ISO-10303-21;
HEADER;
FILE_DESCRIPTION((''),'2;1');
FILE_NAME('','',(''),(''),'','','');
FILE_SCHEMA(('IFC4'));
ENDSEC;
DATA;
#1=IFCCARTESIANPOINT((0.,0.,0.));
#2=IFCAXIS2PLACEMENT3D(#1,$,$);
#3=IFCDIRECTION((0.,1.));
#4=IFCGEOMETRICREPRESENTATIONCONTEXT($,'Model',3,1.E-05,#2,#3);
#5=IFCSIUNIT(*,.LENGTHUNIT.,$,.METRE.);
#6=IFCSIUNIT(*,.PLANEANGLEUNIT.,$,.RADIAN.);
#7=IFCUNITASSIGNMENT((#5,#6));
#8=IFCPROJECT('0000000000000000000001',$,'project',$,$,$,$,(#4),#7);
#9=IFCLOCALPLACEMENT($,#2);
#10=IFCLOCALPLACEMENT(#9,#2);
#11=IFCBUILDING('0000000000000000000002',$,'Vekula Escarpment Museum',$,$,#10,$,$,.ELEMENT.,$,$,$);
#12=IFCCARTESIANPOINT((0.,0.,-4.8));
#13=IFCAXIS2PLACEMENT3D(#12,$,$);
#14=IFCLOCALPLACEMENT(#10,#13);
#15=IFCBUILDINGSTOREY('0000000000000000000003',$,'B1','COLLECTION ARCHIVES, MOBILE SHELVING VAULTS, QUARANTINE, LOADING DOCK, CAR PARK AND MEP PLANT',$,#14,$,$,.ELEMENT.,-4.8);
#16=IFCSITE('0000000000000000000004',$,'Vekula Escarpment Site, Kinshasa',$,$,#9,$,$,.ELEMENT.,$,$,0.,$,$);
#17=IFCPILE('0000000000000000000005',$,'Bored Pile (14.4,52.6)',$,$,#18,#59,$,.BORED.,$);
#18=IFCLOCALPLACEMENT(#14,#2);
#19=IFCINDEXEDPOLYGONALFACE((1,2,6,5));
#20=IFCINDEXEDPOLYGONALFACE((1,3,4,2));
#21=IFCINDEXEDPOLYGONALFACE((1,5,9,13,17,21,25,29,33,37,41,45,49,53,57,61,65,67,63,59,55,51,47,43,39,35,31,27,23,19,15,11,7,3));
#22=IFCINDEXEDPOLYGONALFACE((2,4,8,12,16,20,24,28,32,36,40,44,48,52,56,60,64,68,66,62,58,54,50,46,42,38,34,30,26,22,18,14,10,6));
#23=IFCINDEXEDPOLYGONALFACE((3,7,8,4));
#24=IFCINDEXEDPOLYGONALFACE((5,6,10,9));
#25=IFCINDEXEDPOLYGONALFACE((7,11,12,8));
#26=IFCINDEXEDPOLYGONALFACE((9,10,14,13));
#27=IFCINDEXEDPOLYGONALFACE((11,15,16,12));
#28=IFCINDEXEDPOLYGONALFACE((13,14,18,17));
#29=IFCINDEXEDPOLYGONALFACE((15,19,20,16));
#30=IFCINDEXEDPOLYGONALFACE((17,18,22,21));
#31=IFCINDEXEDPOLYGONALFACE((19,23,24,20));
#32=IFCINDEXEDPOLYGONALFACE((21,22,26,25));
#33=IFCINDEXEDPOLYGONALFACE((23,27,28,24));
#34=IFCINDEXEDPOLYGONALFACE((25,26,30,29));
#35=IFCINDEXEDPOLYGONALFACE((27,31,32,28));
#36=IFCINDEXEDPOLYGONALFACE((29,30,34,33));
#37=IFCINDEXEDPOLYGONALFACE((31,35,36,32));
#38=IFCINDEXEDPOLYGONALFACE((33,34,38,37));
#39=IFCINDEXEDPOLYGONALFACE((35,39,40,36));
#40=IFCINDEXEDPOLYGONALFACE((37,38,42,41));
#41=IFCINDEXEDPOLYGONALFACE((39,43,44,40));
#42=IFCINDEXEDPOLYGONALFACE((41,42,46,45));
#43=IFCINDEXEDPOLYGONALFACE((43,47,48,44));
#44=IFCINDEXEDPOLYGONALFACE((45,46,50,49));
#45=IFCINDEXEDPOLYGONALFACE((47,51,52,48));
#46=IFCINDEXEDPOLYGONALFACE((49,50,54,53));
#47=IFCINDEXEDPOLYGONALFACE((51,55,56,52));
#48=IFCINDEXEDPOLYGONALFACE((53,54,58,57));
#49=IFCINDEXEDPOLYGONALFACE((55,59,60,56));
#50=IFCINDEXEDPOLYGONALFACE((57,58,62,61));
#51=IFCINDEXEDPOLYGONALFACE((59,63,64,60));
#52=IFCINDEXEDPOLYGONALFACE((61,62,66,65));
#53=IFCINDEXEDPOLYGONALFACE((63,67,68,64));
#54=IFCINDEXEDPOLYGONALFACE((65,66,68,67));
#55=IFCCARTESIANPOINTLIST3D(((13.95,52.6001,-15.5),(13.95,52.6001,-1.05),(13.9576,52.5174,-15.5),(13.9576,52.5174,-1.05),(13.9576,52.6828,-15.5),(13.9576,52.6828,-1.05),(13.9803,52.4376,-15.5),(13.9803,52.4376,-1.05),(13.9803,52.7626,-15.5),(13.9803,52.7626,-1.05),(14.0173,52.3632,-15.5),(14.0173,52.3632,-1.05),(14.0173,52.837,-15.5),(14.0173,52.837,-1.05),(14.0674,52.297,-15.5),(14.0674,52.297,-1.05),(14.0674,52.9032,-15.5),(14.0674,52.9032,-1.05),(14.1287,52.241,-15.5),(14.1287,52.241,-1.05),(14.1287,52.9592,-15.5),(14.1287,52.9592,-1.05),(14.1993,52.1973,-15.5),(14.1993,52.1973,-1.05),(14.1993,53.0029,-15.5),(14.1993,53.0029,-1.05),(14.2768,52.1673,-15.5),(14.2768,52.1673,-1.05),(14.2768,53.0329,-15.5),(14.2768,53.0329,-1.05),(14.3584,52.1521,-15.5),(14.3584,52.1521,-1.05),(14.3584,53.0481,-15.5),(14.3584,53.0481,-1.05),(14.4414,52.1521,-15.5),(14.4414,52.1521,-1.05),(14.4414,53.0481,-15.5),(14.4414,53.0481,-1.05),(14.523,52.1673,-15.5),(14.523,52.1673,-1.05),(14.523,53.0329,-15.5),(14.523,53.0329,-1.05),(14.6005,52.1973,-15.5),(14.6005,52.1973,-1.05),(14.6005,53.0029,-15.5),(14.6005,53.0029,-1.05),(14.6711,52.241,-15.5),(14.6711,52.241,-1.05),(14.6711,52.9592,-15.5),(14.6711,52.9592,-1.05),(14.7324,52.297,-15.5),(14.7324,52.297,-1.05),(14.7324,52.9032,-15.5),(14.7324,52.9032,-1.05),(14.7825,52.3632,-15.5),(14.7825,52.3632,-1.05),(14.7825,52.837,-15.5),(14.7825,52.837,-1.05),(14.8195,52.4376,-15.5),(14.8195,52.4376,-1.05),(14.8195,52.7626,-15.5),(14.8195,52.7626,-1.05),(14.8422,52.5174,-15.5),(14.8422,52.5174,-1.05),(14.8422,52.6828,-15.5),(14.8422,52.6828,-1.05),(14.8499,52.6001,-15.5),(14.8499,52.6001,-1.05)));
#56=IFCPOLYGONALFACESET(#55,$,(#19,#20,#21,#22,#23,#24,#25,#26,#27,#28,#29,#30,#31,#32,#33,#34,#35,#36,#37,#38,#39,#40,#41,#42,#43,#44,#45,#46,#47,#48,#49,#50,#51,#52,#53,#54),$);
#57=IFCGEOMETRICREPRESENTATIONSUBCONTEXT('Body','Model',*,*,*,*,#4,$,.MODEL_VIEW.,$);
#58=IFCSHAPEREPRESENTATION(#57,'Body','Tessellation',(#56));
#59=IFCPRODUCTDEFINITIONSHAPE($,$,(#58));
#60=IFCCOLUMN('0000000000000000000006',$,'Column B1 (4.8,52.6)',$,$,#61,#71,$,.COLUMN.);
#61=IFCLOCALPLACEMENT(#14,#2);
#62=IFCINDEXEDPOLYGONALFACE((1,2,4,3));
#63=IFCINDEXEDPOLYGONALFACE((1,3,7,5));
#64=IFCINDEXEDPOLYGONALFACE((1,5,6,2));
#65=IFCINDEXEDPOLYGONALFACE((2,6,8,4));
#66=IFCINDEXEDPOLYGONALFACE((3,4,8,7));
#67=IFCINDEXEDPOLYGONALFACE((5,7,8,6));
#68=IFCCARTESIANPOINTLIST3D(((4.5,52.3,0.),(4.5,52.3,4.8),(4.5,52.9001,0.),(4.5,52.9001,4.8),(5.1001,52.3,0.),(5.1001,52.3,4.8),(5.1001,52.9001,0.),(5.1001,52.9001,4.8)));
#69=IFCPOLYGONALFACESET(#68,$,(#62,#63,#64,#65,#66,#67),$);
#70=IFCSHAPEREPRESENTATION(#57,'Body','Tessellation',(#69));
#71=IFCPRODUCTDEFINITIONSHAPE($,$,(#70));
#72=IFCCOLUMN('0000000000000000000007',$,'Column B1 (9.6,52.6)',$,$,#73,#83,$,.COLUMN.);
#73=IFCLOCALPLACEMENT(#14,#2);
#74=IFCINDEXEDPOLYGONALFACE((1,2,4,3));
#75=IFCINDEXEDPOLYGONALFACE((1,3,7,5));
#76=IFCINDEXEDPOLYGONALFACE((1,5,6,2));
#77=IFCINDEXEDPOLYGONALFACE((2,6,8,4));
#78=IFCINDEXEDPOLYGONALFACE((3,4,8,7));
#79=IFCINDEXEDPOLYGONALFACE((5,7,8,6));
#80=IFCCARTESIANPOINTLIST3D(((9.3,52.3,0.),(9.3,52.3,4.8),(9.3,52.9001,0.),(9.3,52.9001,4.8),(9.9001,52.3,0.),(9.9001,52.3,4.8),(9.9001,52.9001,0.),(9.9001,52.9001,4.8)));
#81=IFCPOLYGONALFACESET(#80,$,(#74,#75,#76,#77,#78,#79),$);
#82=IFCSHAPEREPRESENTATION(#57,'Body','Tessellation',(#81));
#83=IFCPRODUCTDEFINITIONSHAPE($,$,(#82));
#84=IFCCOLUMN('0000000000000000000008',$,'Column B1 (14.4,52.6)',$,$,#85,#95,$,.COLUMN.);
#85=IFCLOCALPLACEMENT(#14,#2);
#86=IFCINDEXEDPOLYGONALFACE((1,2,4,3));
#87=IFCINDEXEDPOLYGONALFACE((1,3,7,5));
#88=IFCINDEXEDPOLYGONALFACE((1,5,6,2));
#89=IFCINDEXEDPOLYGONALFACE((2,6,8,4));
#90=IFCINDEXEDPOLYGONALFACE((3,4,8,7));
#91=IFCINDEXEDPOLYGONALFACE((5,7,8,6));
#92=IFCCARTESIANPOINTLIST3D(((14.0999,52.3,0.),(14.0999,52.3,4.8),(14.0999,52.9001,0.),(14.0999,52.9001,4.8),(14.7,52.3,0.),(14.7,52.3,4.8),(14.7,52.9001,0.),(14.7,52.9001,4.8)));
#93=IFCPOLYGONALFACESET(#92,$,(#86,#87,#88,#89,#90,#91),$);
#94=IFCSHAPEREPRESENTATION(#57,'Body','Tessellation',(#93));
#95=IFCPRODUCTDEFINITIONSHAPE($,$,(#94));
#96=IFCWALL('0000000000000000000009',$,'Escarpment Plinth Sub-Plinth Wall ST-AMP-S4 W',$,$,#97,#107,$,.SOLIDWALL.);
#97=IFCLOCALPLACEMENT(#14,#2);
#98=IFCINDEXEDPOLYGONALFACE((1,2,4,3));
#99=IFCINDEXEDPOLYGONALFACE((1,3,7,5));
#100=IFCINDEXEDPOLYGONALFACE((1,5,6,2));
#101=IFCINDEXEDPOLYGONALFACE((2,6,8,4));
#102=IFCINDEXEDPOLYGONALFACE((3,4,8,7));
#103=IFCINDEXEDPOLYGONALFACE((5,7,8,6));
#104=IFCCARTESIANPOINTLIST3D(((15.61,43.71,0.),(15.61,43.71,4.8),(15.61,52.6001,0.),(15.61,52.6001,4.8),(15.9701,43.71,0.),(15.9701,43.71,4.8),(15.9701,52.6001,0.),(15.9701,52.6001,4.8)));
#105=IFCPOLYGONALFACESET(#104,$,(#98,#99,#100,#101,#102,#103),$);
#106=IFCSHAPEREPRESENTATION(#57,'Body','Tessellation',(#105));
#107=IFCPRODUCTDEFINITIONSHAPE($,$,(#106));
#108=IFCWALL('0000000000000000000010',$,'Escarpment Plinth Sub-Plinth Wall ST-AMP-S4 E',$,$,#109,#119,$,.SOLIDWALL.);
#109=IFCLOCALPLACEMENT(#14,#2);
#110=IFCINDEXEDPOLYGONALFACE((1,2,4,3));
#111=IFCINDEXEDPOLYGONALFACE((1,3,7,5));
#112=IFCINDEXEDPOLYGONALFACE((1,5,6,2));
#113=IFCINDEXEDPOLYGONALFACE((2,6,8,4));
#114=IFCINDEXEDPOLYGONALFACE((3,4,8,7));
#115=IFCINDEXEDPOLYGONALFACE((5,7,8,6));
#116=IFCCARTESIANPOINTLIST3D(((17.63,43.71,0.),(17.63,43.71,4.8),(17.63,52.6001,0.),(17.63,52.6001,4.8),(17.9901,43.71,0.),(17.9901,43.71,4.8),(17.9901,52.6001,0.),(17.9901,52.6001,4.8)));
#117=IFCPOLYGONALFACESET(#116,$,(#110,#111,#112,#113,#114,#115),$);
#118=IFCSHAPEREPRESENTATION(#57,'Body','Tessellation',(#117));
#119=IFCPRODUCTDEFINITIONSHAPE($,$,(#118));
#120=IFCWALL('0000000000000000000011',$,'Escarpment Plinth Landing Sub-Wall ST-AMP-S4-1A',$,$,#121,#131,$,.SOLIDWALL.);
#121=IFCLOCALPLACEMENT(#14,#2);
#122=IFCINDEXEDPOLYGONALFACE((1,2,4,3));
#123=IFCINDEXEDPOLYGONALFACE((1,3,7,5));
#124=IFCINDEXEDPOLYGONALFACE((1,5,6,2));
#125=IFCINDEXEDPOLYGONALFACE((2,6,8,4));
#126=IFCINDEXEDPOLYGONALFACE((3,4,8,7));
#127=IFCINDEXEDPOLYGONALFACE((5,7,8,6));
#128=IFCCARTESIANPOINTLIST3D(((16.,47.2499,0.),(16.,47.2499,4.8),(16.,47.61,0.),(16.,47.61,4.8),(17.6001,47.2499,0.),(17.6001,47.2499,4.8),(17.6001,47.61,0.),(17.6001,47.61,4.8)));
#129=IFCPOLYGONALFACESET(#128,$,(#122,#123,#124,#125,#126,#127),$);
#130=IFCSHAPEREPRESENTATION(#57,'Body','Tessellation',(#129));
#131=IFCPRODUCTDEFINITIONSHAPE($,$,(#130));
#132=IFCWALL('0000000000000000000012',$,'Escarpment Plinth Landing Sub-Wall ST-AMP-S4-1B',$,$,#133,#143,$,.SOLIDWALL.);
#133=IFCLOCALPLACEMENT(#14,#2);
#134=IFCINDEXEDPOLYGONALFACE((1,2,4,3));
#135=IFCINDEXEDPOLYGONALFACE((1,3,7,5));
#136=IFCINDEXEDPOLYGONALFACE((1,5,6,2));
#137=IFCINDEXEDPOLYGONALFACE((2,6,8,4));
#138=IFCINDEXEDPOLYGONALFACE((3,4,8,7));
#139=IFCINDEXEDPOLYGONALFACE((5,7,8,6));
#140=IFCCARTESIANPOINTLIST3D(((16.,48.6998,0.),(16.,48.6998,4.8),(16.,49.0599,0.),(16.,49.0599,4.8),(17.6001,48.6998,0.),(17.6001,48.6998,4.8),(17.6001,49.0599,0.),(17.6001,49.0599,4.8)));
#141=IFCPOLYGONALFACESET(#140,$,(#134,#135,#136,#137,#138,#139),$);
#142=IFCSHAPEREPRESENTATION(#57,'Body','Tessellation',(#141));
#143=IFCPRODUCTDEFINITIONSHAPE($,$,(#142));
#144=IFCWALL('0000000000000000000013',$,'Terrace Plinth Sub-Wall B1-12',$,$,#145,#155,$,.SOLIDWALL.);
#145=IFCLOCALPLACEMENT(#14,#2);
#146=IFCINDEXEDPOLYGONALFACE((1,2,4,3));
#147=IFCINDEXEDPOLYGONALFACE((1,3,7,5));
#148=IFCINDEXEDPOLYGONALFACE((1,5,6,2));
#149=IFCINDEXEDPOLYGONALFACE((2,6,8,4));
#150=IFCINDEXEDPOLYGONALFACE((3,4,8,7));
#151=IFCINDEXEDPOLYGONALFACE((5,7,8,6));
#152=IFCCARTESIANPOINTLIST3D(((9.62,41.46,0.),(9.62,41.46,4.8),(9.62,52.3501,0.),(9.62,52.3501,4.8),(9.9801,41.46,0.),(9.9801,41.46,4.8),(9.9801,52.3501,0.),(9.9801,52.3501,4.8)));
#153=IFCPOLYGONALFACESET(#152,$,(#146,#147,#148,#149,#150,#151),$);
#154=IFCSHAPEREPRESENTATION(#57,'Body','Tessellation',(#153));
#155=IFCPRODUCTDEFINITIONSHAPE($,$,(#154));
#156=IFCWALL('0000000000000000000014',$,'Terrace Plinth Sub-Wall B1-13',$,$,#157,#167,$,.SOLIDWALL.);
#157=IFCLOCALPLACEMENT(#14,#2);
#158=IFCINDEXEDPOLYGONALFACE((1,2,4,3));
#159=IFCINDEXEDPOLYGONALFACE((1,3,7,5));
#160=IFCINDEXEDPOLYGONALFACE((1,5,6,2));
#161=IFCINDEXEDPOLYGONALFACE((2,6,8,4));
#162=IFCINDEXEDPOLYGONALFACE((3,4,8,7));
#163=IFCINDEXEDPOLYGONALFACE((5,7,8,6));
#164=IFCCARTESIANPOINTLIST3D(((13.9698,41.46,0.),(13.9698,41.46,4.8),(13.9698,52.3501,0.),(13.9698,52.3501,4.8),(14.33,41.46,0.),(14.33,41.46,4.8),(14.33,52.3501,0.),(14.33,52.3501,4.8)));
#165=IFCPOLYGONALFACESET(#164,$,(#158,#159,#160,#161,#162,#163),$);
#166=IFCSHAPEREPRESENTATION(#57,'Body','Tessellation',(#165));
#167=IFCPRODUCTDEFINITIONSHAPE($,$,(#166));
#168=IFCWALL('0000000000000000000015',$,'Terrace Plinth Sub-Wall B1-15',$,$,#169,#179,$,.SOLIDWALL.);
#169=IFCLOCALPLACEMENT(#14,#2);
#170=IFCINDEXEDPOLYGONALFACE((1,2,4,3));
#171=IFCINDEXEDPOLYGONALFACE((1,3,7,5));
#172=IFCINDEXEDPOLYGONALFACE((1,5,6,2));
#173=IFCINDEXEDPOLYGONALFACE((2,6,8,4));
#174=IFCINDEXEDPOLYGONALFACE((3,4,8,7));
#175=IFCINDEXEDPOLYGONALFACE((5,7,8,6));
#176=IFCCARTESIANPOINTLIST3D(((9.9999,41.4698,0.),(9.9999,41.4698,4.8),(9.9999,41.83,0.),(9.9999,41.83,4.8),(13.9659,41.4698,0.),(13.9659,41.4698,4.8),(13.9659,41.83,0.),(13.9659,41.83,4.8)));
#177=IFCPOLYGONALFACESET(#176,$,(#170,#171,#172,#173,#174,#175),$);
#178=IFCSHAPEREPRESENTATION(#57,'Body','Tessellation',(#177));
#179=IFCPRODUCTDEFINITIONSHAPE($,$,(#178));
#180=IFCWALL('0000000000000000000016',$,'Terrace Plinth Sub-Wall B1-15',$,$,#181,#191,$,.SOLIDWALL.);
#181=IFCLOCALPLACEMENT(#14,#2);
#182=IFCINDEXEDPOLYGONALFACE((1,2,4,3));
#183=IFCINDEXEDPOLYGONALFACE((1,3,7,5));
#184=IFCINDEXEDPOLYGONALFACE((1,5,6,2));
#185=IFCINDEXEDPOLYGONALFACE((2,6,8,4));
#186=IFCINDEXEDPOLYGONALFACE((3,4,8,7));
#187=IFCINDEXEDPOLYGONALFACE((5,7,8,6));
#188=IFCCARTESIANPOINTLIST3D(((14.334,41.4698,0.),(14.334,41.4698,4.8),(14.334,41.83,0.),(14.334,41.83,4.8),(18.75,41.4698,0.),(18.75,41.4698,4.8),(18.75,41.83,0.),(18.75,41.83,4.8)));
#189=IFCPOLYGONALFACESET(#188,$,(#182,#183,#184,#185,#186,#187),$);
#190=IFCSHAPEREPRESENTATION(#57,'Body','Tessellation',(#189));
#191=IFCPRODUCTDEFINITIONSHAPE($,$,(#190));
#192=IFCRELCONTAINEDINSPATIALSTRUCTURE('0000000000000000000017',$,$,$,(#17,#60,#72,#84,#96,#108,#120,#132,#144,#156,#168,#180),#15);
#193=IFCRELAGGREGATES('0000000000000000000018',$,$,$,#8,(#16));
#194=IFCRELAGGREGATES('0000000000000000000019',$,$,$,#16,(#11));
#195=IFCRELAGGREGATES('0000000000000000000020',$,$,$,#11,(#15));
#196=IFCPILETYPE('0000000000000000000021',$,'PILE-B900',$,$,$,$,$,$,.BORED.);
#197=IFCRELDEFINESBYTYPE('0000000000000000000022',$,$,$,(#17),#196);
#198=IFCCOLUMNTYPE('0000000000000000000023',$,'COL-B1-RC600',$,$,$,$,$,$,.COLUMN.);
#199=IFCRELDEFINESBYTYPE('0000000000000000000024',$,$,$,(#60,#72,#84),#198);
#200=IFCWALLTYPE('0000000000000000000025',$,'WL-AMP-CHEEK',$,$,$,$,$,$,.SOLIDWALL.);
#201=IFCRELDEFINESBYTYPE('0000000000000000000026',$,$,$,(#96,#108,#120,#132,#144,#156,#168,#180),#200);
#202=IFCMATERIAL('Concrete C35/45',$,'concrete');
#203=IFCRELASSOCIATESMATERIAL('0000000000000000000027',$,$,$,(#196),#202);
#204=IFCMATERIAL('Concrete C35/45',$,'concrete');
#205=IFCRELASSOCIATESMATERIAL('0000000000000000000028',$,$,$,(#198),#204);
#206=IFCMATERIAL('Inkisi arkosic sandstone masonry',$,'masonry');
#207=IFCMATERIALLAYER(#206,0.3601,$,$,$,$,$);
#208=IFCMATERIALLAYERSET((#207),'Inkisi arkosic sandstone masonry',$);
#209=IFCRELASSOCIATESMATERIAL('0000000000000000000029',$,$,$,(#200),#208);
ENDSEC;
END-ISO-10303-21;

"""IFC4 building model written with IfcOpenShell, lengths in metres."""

from ifc_helpers import new_model, si_unit, direction, frame, frame_2d, origin, origin_2d, place, context, subcontext, project, spatial, rectangle, circle, extrude, material, layer, layer_set, material_profile, profile_set, type_object, element, save


model = new_model("IFC4")

# Units and contexts
model_context = context("Model", 3, precision=1e-05, world=origin(), true_north=direction((0.0, 1.0)))
body_context = subcontext(model_context, "Body", "Model", "MODEL_VIEW")
ifc_project = project(units=[si_unit("LENGTHUNIT", "METRE"), si_unit("PLANEANGLEUNIT", "RADIAN")], contexts=[model_context])

# Site, building, storey
site_placement = place(None, origin())
site = spatial("IfcSite", under=ifc_project, at=site_placement, Name="Vekula Escarpment Site, Kinshasa", CompositionType="ELEMENT", RefElevation=0.0)
building_placement = place(site_placement, origin())
building = spatial("IfcBuilding", under=site, at=building_placement, Name="Vekula Escarpment Museum", CompositionType="ELEMENT")
storey_placement = place(building_placement, frame((0.0, 0.0, -4.8)))
storey = spatial("IfcBuildingStorey", under=building, at=storey_placement, Name="B1", Description="COLLECTION ARCHIVES, MOBILE SHELVING VAULTS, QUARANTINE, LOADING DOCK, CAR PARK AND MEP PLANT", CompositionType="ELEMENT", Elevation=-4.8)

# Pile
ifc_material_1 = material(Name="Concrete C35/45", Category="concrete")
ifc_material_profile_1 = material_profile(ifc_material_1, circle(Radius=0.45, at=origin_2d()), Name="BORED PILE 900")
ifc_profile_set_1 = profile_set([ifc_material_profile_1], Name="Concrete C35/45")
pile_type = type_object("IfcPileType", Name="PILE-B900", PredefinedType="BORED", material=ifc_profile_set_1)
pile_1_placement = place(storey_placement, frame((14.3999, 52.6001, -1.05), z_axis=(0.0, 0.0, -1.0), x_axis=(1.0, 0.0, 0.0)))
element("IfcPile", 1, at=pile_1_placement, inside=storey, type_object=pile_type, Name="Bored Pile (14.4,52.6)", PredefinedType="BORED", context=body_context, shape_type="SweptSolid", body=[
    extrude(circle(Radius=0.45, at=origin_2d()), origin(), (0.0, 0.0, 1.0), 14.45),
])

# Columns
ifc_material_2 = material(Name="Concrete C35/45", Category="concrete")
ifc_material_profile_2 = material_profile(ifc_material_2, rectangle(XDim=0.6001, YDim=0.6001, at=origin_2d()), Name="RC 600x600")
ifc_profile_set_2 = profile_set([ifc_material_profile_2], Name="Concrete C35/45")
column_type = type_object("IfcColumnType", Name="COL-B1-RC600", PredefinedType="COLUMN", material=ifc_profile_set_2)
for number, where, z_axis, x_axis, name in (
    (2, (4.8, 52.6001, 0.0), (0.0, 0.0, 1.0), (1.0, 0.0, 0.0), "Column B1 (4.8,52.6)"),
    (3, (9.6001, 52.6001, 0.0), (0.0, 0.0, 1.0), (1.0, 0.0, 0.0), "Column B1 (9.6,52.6)"),
    (4, (14.3999, 52.6001, 0.0), (0.0, 0.0, 1.0), (1.0, 0.0, 0.0), "Column B1 (14.4,52.6)"),
):
    element("IfcColumn", number, at=place(storey_placement, frame(where, z_axis=z_axis, x_axis=x_axis)), inside=storey, type_object=column_type, Name=name, PredefinedType="COLUMN", context=body_context, shape_type="SweptSolid", body=[
        extrude(rectangle(XDim=0.6001, YDim=0.6001, at=origin_2d()), origin(), (0.0, 0.0, 1.0), 4.8),
    ])

# Walls
ifc_material_3 = material(Name="Inkisi arkosic sandstone masonry", Category="masonry")
ifc_layer = layer(ifc_material_3, 0.3601)
ifc_layer_set = layer_set([ifc_layer], Name="Inkisi arkosic sandstone masonry")
wall_type = type_object("IfcWallType", Name="WL-AMP-CHEEK", PredefinedType="SOLIDWALL", material=ifc_layer_set)
for number, where, z_axis, x_axis, name in (
    (5, (15.79, 43.71, 0.0), (0.0, 0.0, 1.0), (0.0, 1.0, 0.0), "Escarpment Plinth Sub-Plinth Wall ST-AMP-S4 W"),
    (6, (17.8101, 43.71, 0.0), (0.0, 0.0, 1.0), (0.0, 1.0, 0.0), "Escarpment Plinth Sub-Plinth Wall ST-AMP-S4 E"),
):
    element("IfcWall", number, at=place(storey_placement, frame(where, z_axis=z_axis, x_axis=x_axis)), inside=storey, type_object=wall_type, Name=name, PredefinedType="SOLIDWALL", context=body_context, shape_type="SweptSolid", body=[
        extrude(rectangle(XDim=8.8901, YDim=0.3601, at=frame_2d((4.4451, 0.0))), origin(), (0.0, 0.0, 1.0), 4.8),
    ])
for number, where, z_axis, x_axis, name in (
    (7, (16.0, 47.4299, 0.0), (0.0, 0.0, 1.0), (1.0, 0.0, 0.0), "Escarpment Plinth Landing Sub-Wall ST-AMP-S4-1A"),
    (8, (16.0, 48.8799, 0.0), (0.0, 0.0, 1.0), (1.0, 0.0, 0.0), "Escarpment Plinth Landing Sub-Wall ST-AMP-S4-1B"),
):
    element("IfcWall", number, at=place(storey_placement, frame(where, z_axis=z_axis, x_axis=x_axis)), inside=storey, type_object=wall_type, Name=name, PredefinedType="SOLIDWALL", context=body_context, shape_type="SweptSolid", body=[
        extrude(rectangle(XDim=1.6001, YDim=0.3601, at=frame_2d((0.8, 0.0))), origin(), (0.0, 0.0, 1.0), 4.8),
    ])
for number, where, z_axis, x_axis, name in (
    (9, (9.8, 41.46, 0.0), (0.0, 0.0, 1.0), (0.0, 1.0, 0.0), "Terrace Plinth Sub-Wall B1-12"),
    (10, (14.1499, 41.46, 0.0), (0.0, 0.0, 1.0), (0.0, 1.0, 0.0), "Terrace Plinth Sub-Wall B1-13"),
):
    element("IfcWall", number, at=place(storey_placement, frame(where, z_axis=z_axis, x_axis=x_axis)), inside=storey, type_object=wall_type, Name=name, PredefinedType="SOLIDWALL", context=body_context, shape_type="SweptSolid", body=[
        extrude(rectangle(XDim=10.8901, YDim=0.3601, at=frame_2d((5.4451, 0.0))), origin(), (0.0, 0.0, 1.0), 4.8),
    ])
wall_1_placement = place(storey_placement, frame((10.0, 41.6499, 0.0), z_axis=(0.0, 0.0, 1.0), x_axis=(1.0, 0.0, 0.0)))
element("IfcWall", 11, at=wall_1_placement, inside=storey, type_object=wall_type, Name="Terrace Plinth Sub-Wall B1-15", PredefinedType="SOLIDWALL", context=body_context, shape_type="SweptSolid", body=[
    extrude(rectangle(XDim=3.9661, YDim=0.3601, at=frame_2d((1.9829, 0.0))), origin(), (0.0, 0.0, 1.0), 4.8),
])
wall_2_placement = place(storey_placement, frame((14.334, 41.6499, 0.0), z_axis=(0.0, 0.0, 1.0), x_axis=(1.0, 0.0, 0.0)))
element("IfcWall", 12, at=wall_2_placement, inside=storey, type_object=wall_type, Name="Terrace Plinth Sub-Wall B1-15", PredefinedType="SOLIDWALL", context=body_context, shape_type="SweptSolid", body=[
    extrude(rectangle(XDim=4.416, YDim=0.3601, at=frame_2d((2.208, 0.0))), origin(), (0.0, 0.0, 1.0), 4.8),
])

save(model, "model.ifc")
